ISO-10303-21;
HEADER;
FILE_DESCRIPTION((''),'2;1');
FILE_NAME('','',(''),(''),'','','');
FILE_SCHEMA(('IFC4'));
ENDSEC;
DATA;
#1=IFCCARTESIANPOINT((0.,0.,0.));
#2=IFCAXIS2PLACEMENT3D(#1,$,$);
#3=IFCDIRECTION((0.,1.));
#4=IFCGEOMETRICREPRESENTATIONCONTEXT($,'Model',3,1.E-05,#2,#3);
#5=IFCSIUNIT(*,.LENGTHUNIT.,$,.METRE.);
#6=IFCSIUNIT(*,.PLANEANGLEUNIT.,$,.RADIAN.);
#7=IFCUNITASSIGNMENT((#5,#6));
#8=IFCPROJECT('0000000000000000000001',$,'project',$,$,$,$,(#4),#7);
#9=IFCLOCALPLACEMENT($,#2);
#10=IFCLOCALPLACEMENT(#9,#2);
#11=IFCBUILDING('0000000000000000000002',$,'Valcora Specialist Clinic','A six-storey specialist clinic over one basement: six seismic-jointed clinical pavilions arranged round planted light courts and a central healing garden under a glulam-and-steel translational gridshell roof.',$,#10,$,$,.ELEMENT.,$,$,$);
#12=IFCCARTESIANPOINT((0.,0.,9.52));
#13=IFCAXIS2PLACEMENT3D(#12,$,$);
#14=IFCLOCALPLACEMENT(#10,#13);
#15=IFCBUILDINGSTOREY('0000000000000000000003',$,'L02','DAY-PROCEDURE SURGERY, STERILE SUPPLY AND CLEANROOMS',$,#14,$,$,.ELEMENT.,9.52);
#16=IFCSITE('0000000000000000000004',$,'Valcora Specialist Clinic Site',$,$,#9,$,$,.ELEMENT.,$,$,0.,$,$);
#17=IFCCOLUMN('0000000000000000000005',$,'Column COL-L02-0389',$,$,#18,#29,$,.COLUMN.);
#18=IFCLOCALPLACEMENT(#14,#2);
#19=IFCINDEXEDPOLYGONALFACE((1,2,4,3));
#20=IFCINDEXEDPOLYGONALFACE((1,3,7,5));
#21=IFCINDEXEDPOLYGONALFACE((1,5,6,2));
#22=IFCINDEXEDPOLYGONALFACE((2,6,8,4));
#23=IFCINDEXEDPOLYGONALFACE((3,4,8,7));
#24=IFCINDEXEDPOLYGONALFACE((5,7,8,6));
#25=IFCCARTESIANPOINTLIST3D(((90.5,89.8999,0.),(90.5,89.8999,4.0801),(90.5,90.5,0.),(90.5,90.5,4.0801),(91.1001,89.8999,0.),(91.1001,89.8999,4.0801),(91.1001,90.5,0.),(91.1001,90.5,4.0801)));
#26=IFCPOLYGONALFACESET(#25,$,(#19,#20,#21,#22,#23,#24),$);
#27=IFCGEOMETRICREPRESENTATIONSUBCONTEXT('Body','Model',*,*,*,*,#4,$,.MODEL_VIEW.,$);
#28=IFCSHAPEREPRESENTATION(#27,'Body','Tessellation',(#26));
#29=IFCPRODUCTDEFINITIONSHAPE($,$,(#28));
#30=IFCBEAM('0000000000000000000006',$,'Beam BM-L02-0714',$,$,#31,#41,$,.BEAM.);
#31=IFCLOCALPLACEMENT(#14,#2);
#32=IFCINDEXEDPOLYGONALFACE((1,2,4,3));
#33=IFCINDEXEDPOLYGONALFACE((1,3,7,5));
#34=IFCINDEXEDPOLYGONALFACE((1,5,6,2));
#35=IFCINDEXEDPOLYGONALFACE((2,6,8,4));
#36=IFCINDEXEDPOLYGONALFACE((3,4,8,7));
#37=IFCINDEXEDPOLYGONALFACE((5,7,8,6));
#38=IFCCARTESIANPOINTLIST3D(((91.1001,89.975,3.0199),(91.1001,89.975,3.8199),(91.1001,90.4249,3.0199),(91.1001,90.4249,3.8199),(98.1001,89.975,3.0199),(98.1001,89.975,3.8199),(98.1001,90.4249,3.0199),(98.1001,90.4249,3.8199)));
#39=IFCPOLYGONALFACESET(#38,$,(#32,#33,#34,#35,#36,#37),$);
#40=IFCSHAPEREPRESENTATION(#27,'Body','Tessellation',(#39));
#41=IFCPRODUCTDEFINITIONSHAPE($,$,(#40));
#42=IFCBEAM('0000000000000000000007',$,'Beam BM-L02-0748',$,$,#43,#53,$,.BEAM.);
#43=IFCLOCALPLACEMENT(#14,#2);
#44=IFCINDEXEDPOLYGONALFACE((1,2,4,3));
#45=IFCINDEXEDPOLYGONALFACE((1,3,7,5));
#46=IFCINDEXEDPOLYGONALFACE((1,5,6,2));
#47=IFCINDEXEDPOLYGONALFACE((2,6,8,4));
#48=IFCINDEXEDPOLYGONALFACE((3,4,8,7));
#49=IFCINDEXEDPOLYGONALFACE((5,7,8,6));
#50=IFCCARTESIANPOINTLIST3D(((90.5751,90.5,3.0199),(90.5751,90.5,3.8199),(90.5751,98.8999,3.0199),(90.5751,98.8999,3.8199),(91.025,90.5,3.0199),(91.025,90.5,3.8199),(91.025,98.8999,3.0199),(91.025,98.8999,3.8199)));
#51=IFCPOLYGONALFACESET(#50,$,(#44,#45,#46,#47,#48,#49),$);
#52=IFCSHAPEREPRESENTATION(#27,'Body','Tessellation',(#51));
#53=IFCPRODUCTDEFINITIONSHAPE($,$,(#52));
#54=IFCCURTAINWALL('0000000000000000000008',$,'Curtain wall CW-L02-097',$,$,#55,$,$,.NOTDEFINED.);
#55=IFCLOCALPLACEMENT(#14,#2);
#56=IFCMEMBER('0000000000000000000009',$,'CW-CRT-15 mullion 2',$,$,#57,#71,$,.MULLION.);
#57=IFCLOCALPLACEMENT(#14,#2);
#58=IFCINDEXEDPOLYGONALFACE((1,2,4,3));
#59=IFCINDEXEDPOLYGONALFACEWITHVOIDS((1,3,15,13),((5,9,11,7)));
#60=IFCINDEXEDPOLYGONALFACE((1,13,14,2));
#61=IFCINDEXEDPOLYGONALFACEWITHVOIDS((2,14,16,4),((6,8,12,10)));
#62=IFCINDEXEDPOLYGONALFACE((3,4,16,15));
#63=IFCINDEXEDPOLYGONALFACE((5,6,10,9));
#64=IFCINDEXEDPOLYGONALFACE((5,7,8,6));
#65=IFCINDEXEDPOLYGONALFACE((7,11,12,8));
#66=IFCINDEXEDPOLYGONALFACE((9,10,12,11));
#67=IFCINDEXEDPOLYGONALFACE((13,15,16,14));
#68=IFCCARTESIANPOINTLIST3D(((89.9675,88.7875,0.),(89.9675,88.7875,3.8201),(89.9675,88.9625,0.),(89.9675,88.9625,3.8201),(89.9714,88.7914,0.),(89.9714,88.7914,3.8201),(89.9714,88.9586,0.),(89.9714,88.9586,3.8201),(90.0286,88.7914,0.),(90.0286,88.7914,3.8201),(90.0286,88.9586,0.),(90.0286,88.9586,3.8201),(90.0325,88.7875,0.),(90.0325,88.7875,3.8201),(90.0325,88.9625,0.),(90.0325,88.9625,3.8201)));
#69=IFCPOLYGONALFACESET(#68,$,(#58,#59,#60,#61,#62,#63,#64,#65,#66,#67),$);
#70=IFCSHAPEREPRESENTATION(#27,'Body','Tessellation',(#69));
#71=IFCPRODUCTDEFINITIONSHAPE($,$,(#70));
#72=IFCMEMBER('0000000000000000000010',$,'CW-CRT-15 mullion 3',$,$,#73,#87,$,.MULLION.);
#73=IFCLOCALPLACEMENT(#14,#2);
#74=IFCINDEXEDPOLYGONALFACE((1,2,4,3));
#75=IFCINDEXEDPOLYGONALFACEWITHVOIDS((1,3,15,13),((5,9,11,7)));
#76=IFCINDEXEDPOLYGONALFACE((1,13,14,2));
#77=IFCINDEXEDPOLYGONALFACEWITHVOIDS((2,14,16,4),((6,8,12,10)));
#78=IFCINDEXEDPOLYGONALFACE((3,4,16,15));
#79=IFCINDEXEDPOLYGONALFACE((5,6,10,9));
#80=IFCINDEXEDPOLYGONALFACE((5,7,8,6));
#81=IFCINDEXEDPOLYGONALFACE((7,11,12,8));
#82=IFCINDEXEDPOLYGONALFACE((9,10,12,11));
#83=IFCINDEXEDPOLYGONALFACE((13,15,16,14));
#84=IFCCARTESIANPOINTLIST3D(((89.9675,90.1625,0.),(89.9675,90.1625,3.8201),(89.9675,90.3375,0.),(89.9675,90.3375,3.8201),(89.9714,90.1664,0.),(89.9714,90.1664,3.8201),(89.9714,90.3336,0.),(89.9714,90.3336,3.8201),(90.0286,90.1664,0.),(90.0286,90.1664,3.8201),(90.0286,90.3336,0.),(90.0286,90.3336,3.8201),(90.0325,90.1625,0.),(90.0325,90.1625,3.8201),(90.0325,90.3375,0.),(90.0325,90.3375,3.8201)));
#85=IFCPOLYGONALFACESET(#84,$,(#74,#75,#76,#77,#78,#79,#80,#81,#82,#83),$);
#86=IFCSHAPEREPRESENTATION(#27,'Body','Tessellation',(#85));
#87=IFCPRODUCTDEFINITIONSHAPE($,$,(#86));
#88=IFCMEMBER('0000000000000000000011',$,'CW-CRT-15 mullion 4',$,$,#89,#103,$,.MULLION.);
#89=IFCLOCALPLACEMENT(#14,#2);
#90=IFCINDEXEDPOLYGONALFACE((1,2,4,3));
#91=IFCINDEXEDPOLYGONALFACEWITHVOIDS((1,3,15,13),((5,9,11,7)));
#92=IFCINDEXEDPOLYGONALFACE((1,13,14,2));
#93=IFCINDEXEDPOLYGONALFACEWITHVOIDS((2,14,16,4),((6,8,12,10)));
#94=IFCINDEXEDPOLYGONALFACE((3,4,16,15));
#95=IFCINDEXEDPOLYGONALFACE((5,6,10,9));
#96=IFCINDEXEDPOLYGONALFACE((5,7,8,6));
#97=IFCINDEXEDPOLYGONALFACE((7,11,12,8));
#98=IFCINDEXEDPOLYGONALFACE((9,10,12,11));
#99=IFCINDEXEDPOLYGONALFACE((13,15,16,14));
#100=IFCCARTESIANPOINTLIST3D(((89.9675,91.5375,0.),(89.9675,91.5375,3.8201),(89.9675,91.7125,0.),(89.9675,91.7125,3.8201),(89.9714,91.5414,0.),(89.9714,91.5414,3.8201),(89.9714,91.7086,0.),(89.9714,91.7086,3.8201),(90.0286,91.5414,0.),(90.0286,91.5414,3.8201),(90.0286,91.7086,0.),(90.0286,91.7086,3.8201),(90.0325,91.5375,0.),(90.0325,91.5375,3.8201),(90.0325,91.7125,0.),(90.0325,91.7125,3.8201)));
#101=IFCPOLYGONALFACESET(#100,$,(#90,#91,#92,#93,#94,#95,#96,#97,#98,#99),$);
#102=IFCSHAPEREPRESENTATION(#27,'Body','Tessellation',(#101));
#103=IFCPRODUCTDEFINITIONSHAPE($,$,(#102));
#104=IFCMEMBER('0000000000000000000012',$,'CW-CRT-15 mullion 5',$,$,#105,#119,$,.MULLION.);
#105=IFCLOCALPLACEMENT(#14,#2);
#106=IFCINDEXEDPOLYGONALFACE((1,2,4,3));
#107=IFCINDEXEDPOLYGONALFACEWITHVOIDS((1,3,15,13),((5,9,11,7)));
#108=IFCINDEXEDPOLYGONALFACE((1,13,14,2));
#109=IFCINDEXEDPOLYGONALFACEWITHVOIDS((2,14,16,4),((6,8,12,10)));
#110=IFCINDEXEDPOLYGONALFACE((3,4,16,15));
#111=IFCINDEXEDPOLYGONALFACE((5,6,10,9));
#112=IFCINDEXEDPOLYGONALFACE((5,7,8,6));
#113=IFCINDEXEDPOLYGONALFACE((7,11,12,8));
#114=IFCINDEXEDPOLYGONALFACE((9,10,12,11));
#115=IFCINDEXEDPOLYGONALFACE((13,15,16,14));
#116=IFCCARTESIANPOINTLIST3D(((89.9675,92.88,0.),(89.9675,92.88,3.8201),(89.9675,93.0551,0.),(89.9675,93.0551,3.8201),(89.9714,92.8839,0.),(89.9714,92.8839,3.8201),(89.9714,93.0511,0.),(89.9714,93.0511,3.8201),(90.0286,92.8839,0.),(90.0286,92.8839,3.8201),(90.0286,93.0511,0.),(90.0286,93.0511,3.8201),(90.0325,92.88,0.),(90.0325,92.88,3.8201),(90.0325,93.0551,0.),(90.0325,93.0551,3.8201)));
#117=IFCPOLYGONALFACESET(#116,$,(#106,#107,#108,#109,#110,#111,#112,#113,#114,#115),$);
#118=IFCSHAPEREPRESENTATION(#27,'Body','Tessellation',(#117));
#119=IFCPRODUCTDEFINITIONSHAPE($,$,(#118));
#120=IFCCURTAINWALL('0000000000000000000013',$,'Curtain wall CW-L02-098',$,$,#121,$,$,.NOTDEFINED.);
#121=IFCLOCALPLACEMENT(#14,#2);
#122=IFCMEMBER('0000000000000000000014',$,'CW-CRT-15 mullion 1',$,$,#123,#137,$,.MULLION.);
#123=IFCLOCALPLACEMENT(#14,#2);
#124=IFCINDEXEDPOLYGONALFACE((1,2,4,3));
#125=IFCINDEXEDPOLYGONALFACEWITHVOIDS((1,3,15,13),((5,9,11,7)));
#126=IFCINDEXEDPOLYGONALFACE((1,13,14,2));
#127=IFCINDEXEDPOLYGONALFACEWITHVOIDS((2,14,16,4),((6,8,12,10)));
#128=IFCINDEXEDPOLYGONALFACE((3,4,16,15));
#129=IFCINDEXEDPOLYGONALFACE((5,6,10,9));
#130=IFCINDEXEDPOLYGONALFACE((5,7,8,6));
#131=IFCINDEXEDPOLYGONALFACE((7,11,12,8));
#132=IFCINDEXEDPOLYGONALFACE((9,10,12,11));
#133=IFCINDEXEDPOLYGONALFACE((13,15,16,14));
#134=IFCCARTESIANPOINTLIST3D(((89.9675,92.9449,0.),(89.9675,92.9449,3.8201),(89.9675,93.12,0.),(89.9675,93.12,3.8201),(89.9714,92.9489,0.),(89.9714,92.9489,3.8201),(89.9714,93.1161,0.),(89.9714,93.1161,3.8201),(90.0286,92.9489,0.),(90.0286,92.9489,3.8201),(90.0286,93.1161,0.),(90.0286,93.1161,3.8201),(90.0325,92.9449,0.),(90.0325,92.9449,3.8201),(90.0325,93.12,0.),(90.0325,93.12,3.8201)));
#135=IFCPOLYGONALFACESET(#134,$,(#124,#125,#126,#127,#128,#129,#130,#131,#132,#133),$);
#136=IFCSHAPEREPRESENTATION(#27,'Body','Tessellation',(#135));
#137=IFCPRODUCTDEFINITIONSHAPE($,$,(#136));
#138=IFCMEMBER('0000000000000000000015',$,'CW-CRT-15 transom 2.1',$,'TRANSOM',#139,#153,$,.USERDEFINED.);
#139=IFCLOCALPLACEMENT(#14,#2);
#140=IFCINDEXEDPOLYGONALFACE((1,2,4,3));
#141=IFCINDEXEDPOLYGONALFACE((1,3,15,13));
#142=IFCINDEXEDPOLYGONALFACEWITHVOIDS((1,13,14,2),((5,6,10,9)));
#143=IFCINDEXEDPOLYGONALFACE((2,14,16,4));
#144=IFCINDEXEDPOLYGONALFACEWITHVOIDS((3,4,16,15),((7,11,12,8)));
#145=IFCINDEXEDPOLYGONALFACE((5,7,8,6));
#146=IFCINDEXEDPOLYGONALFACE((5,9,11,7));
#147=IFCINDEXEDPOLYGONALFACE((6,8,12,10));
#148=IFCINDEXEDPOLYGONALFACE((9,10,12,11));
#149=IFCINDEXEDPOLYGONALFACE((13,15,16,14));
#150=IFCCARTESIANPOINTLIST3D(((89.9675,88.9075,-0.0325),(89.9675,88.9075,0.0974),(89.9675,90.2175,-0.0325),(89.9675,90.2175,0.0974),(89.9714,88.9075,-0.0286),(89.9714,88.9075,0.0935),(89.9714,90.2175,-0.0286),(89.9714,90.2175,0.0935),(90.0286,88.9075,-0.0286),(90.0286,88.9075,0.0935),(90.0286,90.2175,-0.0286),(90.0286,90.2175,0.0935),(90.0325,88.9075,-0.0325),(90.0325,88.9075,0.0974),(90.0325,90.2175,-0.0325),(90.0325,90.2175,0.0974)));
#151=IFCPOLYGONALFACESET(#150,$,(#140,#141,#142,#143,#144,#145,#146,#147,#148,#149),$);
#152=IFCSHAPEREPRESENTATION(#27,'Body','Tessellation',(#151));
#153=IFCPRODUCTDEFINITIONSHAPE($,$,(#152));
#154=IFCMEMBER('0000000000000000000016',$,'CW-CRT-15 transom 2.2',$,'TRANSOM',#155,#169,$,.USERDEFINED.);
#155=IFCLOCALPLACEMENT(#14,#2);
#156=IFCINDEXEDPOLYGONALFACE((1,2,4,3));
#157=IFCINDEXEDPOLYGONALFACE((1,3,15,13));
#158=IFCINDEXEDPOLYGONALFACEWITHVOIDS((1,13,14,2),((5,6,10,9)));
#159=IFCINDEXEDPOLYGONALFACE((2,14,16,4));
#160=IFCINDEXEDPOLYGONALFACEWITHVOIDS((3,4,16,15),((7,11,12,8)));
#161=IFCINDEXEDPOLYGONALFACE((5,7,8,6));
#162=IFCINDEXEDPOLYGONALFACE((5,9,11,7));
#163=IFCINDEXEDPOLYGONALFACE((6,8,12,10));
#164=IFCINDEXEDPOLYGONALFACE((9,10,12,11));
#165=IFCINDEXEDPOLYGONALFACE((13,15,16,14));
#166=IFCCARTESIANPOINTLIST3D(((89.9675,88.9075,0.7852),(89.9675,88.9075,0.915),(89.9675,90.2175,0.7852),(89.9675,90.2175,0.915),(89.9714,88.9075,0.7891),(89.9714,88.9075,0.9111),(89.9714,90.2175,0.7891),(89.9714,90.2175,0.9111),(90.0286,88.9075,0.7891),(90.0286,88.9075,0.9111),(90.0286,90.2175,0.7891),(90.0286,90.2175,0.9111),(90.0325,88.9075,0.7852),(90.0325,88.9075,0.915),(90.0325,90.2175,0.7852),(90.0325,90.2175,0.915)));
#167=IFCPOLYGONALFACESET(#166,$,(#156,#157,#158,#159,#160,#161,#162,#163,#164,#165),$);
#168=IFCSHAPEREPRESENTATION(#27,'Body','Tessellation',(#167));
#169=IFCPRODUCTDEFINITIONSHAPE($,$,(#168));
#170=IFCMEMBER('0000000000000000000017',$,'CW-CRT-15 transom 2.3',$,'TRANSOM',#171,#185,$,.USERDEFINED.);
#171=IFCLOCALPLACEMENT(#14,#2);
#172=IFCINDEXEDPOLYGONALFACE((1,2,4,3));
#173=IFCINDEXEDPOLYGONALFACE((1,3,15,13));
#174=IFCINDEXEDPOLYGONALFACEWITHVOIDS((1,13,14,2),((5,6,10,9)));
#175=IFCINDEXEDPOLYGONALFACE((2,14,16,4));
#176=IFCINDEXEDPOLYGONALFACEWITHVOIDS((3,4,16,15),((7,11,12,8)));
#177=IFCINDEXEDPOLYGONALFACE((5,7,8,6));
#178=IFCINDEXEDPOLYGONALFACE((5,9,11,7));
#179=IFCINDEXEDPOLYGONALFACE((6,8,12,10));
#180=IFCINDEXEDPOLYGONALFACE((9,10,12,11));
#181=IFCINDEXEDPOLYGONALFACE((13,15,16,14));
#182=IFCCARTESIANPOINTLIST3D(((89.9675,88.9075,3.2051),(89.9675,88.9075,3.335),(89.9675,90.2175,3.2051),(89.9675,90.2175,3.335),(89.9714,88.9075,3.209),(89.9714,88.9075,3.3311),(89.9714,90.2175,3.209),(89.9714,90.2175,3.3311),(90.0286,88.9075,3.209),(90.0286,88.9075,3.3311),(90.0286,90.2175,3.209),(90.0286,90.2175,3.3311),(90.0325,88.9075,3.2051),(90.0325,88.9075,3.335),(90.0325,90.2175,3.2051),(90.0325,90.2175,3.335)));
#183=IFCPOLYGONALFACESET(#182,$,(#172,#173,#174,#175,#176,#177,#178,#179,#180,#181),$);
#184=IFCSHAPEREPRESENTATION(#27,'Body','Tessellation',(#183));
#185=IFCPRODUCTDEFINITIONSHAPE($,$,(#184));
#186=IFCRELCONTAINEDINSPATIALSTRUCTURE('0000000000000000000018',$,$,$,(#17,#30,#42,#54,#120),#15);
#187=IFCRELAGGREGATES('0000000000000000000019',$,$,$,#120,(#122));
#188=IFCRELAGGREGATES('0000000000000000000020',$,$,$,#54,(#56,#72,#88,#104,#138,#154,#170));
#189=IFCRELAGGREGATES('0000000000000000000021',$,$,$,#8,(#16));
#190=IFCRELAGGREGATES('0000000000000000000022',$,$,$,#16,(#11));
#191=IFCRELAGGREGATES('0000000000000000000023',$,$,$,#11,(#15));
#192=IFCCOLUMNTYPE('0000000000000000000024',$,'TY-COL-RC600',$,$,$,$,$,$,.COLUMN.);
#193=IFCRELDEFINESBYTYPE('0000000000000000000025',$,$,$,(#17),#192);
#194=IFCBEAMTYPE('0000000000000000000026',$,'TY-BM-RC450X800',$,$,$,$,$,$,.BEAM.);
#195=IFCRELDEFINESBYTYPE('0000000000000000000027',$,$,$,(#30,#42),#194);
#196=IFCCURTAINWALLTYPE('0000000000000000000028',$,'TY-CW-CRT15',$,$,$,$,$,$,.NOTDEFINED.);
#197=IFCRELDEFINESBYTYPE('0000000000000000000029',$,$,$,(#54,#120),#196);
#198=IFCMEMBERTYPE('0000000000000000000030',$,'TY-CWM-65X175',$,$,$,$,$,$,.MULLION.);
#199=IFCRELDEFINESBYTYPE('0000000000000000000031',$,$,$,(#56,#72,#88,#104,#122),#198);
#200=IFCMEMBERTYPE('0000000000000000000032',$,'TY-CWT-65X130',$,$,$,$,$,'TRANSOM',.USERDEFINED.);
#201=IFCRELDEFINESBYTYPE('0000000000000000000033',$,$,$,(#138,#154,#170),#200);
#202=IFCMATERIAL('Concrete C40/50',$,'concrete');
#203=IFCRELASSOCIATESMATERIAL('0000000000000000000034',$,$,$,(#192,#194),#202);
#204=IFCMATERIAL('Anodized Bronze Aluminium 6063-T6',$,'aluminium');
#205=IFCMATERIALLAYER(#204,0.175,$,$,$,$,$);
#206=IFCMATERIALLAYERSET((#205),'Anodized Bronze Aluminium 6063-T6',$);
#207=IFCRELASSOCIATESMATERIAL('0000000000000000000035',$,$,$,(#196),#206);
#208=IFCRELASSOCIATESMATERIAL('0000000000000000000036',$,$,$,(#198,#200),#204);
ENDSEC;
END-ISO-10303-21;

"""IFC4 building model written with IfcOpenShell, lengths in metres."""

from ifc_helpers import new_model, si_unit, direction, frame, origin, origin_2d, place, context, subcontext, project, spatial, rectangle, hollow_rectangle, extrude, material, layer, layer_set, material_profile, profile_set, type_object, element, aggregate, save


model = new_model("IFC4")

# Units and contexts
model_context = context("Model", 3, precision=1e-05, world=origin(), true_north=direction((0.0, 1.0)))
body_context = subcontext(model_context, "Body", "Model", "MODEL_VIEW")
ifc_project = project(units=[si_unit("LENGTHUNIT", "METRE"), si_unit("PLANEANGLEUNIT", "RADIAN")], contexts=[model_context])

# Site, building, storey
site_placement = place(None, origin())
site = spatial("IfcSite", under=ifc_project, at=site_placement, Name="Valcora Specialist Clinic Site", CompositionType="ELEMENT", RefElevation=0.0)
building_placement = place(site_placement, origin())
building = spatial("IfcBuilding", under=site, at=building_placement, Name="Valcora Specialist Clinic", Description="A six-storey specialist clinic over one basement: six seismic-jointed clinical pavilions arranged round planted light courts and a central healing garden under a glulam-and-steel translational gridshell roof.", CompositionType="ELEMENT")
storey_placement = place(building_placement, frame((0.0, 0.0, 9.52)))
storey = spatial("IfcBuildingStorey", under=building, at=storey_placement, Name="L02", Description="DAY-PROCEDURE SURGERY, STERILE SUPPLY AND CLEANROOMS", CompositionType="ELEMENT", Elevation=9.52)

# Column
ifc_material_1 = material(Name="Concrete C40/50", Category="concrete")
ifc_material_profile_1 = material_profile(ifc_material_1, rectangle(XDim=0.6001, YDim=0.6001, at=origin_2d()), Name="RC-COL-600X600")
ifc_profile_set_1 = profile_set([ifc_material_profile_1], Name="Concrete C40/50")
column_type = type_object("IfcColumnType", Name="TY-COL-RC600", PredefinedType="COLUMN", material=ifc_profile_set_1)
column_placement = place(storey_placement, frame((90.8, 90.2, 0.0), z_axis=(0.0, 0.0, 1.0), x_axis=(1.0, 0.0, 0.0)))
element("IfcColumn", 1, at=column_placement, inside=storey, type_object=column_type, Name="Column COL-L02-0389", PredefinedType="COLUMN", context=body_context, shape_type="SweptSolid", body=[
    extrude(rectangle(XDim=0.6001, YDim=0.6001, at=origin_2d()), origin(), (0.0, 0.0, 1.0), 4.0801),
])

# Beams
ifc_material_profile_2 = material_profile(ifc_material_1, rectangle(XDim=0.45, YDim=0.8, at=origin_2d()), Name="RC-BM-450X800")
ifc_profile_set_2 = profile_set([ifc_material_profile_2], Name="Concrete C40/50")
beam_type = type_object("IfcBeamType", Name="TY-BM-RC450X800", PredefinedType="BEAM", material=ifc_profile_set_2)
beam_1_placement = place(storey_placement, frame((91.1001, 90.2, 3.4199), z_axis=(1.0, 0.0, 0.0), x_axis=(0.0, 1.0, 0.0)))
element("IfcBeam", 2, at=beam_1_placement, inside=storey, type_object=beam_type, Name="Beam BM-L02-0714", PredefinedType="BEAM", context=body_context, shape_type="SweptSolid", body=[
    extrude(rectangle(XDim=0.45, YDim=0.8, at=origin_2d()), origin(), (0.0, 0.0, 1.0), 7.0),
])
beam_2_placement = place(storey_placement, frame((90.8, 90.5, 3.4199), z_axis=(0.0, 1.0, 0.0), x_axis=(-1.0, 0.0, 0.0)))
element("IfcBeam", 3, at=beam_2_placement, inside=storey, type_object=beam_type, Name="Beam BM-L02-0748", PredefinedType="BEAM", context=body_context, shape_type="SweptSolid", body=[
    extrude(rectangle(XDim=0.45, YDim=0.8, at=origin_2d()), origin(), (0.0, 0.0, 1.0), 8.3999),
])

# Curtain wall, members
ifc_material_2 = material(Name="Anodized Bronze Aluminium 6063-T6", Category="aluminium")
ifc_layer_1 = layer(ifc_material_2, 0.175)
ifc_layer_set_1 = layer_set([ifc_layer_1], Name="Anodized Bronze Aluminium 6063-T6")
curtain_wall_type = type_object("IfcCurtainWallType", Name="TY-CW-CRT15", PredefinedType="NOTDEFINED", material=ifc_layer_set_1)
curtain_wall_1_placement = place(storey_placement, origin())
curtain_wall_1 = element("IfcCurtainWall", 4, at=curtain_wall_1_placement, inside=storey, type_object=curtain_wall_type, Name="Curtain wall CW-L02-097", PredefinedType="NOTDEFINED")
ifc_material_profile_3 = material_profile(ifc_material_2, hollow_rectangle(XDim=0.0649, YDim=0.175, WallThickness=0.0039, at=origin_2d()), Name="AL-MUL-65X175")
ifc_profile_set_3 = profile_set([ifc_material_profile_3], Name="Anodized Bronze Aluminium 6063-T6")
member_type_1 = type_object("IfcMemberType", Name="TY-CWM-65X175", PredefinedType="MULLION", material=ifc_profile_set_3)
member_1_placement = place(storey_placement, frame((90.0, 88.875, 0.0), z_axis=(0.0, 0.0, 1.0), x_axis=(-1.0, 0.0, 0.0)))
member_1 = element("IfcMember", 5, at=member_1_placement, type_object=member_type_1, Name="CW-CRT-15 mullion 2", PredefinedType="MULLION", context=body_context, shape_type="SweptSolid", body=[
    extrude(hollow_rectangle(XDim=0.0649, YDim=0.175, WallThickness=0.0039, at=origin_2d()), origin(), (0.0, 0.0, 1.0), 3.8201),
])
member_2_placement = place(storey_placement, frame((90.0, 90.25, 0.0), z_axis=(0.0, 0.0, 1.0), x_axis=(-1.0, 0.0, 0.0)))
member_2 = element("IfcMember", 6, at=member_2_placement, type_object=member_type_1, Name="CW-CRT-15 mullion 3", PredefinedType="MULLION", context=body_context, shape_type="SweptSolid", body=[
    extrude(hollow_rectangle(XDim=0.0649, YDim=0.175, WallThickness=0.0039, at=origin_2d()), origin(), (0.0, 0.0, 1.0), 3.8201),
])
member_3_placement = place(storey_placement, frame((90.0, 91.625, 0.0), z_axis=(0.0, 0.0, 1.0), x_axis=(-1.0, 0.0, 0.0)))
member_3 = element("IfcMember", 7, at=member_3_placement, type_object=member_type_1, Name="CW-CRT-15 mullion 4", PredefinedType="MULLION", context=body_context, shape_type="SweptSolid", body=[
    extrude(hollow_rectangle(XDim=0.0649, YDim=0.175, WallThickness=0.0039, at=origin_2d()), origin(), (0.0, 0.0, 1.0), 3.8201),
])
member_4_placement = place(storey_placement, frame((90.0, 92.9675, 0.0), z_axis=(0.0, 0.0, 1.0), x_axis=(-1.0, 0.0, 0.0)))
member_4 = element("IfcMember", 8, at=member_4_placement, type_object=member_type_1, Name="CW-CRT-15 mullion 5", PredefinedType="MULLION", context=body_context, shape_type="SweptSolid", body=[
    extrude(hollow_rectangle(XDim=0.0649, YDim=0.175, WallThickness=0.0039, at=origin_2d()), origin(), (0.0, 0.0, 1.0), 3.8201),
])

# Curtain wall, member
curtain_wall_2_placement = place(storey_placement, origin())
curtain_wall_2 = element("IfcCurtainWall", 9, at=curtain_wall_2_placement, inside=storey, type_object=curtain_wall_type, Name="Curtain wall CW-L02-098", PredefinedType="NOTDEFINED")
member_5_placement = place(storey_placement, frame((90.0, 93.0325, 0.0), z_axis=(0.0, 0.0, 1.0), x_axis=(-1.0, 0.0, 0.0)))
member_5 = element("IfcMember", 10, at=member_5_placement, type_object=member_type_1, Name="CW-CRT-15 mullion 1", PredefinedType="MULLION", context=body_context, shape_type="SweptSolid", body=[
    extrude(hollow_rectangle(XDim=0.0649, YDim=0.175, WallThickness=0.0039, at=origin_2d()), origin(), (0.0, 0.0, 1.0), 3.8201),
])

# Members
ifc_material_profile_4 = material_profile(ifc_material_2, hollow_rectangle(XDim=0.0649, YDim=0.1299, WallThickness=0.0039, at=origin_2d()), Name="AL-TRN-65X130")
ifc_profile_set_4 = profile_set([ifc_material_profile_4], Name="Anodized Bronze Aluminium 6063-T6")
member_type_2 = type_object("IfcMemberType", Name="TY-CWT-65X130", ElementType="TRANSOM", PredefinedType="USERDEFINED", material=ifc_profile_set_4)
member_6_placement = place(storey_placement, frame((90.0, 88.9075, 0.0325), z_axis=(0.0, 1.0, 0.0), x_axis=(-1.0, 0.0, 0.0)))
member_6 = element("IfcMember", 11, at=member_6_placement, type_object=member_type_2, Name="CW-CRT-15 transom 2.1", ObjectType="TRANSOM", PredefinedType="USERDEFINED", context=body_context, shape_type="SweptSolid", body=[
    extrude(hollow_rectangle(XDim=0.0649, YDim=0.1299, WallThickness=0.0039, at=origin_2d()), origin(), (0.0, 0.0, 1.0), 1.3101),
])
member_7_placement = place(storey_placement, frame((90.0, 88.9075, 0.8501), z_axis=(0.0, 1.0, 0.0), x_axis=(-1.0, 0.0, 0.0)))
member_7 = element("IfcMember", 12, at=member_7_placement, type_object=member_type_2, Name="CW-CRT-15 transom 2.2", ObjectType="TRANSOM", PredefinedType="USERDEFINED", context=body_context, shape_type="SweptSolid", body=[
    extrude(hollow_rectangle(XDim=0.0649, YDim=0.1299, WallThickness=0.0039, at=origin_2d()), origin(), (0.0, 0.0, 1.0), 1.3101),
])
member_8_placement = place(storey_placement, frame((90.0, 88.9075, 3.27), z_axis=(0.0, 1.0, 0.0), x_axis=(-1.0, 0.0, 0.0)))
member_8 = element("IfcMember", 13, at=member_8_placement, type_object=member_type_2, Name="CW-CRT-15 transom 2.3", ObjectType="TRANSOM", PredefinedType="USERDEFINED", context=body_context, shape_type="SweptSolid", body=[
    extrude(hollow_rectangle(XDim=0.0649, YDim=0.1299, WallThickness=0.0039, at=origin_2d()), origin(), (0.0, 0.0, 1.0), 1.3101),
])
aggregate(curtain_wall_2, [member_5])

aggregate(curtain_wall_1, [member_1, member_2, member_3, member_4, member_6, member_7, member_8])

save(model, "model.ifc")
